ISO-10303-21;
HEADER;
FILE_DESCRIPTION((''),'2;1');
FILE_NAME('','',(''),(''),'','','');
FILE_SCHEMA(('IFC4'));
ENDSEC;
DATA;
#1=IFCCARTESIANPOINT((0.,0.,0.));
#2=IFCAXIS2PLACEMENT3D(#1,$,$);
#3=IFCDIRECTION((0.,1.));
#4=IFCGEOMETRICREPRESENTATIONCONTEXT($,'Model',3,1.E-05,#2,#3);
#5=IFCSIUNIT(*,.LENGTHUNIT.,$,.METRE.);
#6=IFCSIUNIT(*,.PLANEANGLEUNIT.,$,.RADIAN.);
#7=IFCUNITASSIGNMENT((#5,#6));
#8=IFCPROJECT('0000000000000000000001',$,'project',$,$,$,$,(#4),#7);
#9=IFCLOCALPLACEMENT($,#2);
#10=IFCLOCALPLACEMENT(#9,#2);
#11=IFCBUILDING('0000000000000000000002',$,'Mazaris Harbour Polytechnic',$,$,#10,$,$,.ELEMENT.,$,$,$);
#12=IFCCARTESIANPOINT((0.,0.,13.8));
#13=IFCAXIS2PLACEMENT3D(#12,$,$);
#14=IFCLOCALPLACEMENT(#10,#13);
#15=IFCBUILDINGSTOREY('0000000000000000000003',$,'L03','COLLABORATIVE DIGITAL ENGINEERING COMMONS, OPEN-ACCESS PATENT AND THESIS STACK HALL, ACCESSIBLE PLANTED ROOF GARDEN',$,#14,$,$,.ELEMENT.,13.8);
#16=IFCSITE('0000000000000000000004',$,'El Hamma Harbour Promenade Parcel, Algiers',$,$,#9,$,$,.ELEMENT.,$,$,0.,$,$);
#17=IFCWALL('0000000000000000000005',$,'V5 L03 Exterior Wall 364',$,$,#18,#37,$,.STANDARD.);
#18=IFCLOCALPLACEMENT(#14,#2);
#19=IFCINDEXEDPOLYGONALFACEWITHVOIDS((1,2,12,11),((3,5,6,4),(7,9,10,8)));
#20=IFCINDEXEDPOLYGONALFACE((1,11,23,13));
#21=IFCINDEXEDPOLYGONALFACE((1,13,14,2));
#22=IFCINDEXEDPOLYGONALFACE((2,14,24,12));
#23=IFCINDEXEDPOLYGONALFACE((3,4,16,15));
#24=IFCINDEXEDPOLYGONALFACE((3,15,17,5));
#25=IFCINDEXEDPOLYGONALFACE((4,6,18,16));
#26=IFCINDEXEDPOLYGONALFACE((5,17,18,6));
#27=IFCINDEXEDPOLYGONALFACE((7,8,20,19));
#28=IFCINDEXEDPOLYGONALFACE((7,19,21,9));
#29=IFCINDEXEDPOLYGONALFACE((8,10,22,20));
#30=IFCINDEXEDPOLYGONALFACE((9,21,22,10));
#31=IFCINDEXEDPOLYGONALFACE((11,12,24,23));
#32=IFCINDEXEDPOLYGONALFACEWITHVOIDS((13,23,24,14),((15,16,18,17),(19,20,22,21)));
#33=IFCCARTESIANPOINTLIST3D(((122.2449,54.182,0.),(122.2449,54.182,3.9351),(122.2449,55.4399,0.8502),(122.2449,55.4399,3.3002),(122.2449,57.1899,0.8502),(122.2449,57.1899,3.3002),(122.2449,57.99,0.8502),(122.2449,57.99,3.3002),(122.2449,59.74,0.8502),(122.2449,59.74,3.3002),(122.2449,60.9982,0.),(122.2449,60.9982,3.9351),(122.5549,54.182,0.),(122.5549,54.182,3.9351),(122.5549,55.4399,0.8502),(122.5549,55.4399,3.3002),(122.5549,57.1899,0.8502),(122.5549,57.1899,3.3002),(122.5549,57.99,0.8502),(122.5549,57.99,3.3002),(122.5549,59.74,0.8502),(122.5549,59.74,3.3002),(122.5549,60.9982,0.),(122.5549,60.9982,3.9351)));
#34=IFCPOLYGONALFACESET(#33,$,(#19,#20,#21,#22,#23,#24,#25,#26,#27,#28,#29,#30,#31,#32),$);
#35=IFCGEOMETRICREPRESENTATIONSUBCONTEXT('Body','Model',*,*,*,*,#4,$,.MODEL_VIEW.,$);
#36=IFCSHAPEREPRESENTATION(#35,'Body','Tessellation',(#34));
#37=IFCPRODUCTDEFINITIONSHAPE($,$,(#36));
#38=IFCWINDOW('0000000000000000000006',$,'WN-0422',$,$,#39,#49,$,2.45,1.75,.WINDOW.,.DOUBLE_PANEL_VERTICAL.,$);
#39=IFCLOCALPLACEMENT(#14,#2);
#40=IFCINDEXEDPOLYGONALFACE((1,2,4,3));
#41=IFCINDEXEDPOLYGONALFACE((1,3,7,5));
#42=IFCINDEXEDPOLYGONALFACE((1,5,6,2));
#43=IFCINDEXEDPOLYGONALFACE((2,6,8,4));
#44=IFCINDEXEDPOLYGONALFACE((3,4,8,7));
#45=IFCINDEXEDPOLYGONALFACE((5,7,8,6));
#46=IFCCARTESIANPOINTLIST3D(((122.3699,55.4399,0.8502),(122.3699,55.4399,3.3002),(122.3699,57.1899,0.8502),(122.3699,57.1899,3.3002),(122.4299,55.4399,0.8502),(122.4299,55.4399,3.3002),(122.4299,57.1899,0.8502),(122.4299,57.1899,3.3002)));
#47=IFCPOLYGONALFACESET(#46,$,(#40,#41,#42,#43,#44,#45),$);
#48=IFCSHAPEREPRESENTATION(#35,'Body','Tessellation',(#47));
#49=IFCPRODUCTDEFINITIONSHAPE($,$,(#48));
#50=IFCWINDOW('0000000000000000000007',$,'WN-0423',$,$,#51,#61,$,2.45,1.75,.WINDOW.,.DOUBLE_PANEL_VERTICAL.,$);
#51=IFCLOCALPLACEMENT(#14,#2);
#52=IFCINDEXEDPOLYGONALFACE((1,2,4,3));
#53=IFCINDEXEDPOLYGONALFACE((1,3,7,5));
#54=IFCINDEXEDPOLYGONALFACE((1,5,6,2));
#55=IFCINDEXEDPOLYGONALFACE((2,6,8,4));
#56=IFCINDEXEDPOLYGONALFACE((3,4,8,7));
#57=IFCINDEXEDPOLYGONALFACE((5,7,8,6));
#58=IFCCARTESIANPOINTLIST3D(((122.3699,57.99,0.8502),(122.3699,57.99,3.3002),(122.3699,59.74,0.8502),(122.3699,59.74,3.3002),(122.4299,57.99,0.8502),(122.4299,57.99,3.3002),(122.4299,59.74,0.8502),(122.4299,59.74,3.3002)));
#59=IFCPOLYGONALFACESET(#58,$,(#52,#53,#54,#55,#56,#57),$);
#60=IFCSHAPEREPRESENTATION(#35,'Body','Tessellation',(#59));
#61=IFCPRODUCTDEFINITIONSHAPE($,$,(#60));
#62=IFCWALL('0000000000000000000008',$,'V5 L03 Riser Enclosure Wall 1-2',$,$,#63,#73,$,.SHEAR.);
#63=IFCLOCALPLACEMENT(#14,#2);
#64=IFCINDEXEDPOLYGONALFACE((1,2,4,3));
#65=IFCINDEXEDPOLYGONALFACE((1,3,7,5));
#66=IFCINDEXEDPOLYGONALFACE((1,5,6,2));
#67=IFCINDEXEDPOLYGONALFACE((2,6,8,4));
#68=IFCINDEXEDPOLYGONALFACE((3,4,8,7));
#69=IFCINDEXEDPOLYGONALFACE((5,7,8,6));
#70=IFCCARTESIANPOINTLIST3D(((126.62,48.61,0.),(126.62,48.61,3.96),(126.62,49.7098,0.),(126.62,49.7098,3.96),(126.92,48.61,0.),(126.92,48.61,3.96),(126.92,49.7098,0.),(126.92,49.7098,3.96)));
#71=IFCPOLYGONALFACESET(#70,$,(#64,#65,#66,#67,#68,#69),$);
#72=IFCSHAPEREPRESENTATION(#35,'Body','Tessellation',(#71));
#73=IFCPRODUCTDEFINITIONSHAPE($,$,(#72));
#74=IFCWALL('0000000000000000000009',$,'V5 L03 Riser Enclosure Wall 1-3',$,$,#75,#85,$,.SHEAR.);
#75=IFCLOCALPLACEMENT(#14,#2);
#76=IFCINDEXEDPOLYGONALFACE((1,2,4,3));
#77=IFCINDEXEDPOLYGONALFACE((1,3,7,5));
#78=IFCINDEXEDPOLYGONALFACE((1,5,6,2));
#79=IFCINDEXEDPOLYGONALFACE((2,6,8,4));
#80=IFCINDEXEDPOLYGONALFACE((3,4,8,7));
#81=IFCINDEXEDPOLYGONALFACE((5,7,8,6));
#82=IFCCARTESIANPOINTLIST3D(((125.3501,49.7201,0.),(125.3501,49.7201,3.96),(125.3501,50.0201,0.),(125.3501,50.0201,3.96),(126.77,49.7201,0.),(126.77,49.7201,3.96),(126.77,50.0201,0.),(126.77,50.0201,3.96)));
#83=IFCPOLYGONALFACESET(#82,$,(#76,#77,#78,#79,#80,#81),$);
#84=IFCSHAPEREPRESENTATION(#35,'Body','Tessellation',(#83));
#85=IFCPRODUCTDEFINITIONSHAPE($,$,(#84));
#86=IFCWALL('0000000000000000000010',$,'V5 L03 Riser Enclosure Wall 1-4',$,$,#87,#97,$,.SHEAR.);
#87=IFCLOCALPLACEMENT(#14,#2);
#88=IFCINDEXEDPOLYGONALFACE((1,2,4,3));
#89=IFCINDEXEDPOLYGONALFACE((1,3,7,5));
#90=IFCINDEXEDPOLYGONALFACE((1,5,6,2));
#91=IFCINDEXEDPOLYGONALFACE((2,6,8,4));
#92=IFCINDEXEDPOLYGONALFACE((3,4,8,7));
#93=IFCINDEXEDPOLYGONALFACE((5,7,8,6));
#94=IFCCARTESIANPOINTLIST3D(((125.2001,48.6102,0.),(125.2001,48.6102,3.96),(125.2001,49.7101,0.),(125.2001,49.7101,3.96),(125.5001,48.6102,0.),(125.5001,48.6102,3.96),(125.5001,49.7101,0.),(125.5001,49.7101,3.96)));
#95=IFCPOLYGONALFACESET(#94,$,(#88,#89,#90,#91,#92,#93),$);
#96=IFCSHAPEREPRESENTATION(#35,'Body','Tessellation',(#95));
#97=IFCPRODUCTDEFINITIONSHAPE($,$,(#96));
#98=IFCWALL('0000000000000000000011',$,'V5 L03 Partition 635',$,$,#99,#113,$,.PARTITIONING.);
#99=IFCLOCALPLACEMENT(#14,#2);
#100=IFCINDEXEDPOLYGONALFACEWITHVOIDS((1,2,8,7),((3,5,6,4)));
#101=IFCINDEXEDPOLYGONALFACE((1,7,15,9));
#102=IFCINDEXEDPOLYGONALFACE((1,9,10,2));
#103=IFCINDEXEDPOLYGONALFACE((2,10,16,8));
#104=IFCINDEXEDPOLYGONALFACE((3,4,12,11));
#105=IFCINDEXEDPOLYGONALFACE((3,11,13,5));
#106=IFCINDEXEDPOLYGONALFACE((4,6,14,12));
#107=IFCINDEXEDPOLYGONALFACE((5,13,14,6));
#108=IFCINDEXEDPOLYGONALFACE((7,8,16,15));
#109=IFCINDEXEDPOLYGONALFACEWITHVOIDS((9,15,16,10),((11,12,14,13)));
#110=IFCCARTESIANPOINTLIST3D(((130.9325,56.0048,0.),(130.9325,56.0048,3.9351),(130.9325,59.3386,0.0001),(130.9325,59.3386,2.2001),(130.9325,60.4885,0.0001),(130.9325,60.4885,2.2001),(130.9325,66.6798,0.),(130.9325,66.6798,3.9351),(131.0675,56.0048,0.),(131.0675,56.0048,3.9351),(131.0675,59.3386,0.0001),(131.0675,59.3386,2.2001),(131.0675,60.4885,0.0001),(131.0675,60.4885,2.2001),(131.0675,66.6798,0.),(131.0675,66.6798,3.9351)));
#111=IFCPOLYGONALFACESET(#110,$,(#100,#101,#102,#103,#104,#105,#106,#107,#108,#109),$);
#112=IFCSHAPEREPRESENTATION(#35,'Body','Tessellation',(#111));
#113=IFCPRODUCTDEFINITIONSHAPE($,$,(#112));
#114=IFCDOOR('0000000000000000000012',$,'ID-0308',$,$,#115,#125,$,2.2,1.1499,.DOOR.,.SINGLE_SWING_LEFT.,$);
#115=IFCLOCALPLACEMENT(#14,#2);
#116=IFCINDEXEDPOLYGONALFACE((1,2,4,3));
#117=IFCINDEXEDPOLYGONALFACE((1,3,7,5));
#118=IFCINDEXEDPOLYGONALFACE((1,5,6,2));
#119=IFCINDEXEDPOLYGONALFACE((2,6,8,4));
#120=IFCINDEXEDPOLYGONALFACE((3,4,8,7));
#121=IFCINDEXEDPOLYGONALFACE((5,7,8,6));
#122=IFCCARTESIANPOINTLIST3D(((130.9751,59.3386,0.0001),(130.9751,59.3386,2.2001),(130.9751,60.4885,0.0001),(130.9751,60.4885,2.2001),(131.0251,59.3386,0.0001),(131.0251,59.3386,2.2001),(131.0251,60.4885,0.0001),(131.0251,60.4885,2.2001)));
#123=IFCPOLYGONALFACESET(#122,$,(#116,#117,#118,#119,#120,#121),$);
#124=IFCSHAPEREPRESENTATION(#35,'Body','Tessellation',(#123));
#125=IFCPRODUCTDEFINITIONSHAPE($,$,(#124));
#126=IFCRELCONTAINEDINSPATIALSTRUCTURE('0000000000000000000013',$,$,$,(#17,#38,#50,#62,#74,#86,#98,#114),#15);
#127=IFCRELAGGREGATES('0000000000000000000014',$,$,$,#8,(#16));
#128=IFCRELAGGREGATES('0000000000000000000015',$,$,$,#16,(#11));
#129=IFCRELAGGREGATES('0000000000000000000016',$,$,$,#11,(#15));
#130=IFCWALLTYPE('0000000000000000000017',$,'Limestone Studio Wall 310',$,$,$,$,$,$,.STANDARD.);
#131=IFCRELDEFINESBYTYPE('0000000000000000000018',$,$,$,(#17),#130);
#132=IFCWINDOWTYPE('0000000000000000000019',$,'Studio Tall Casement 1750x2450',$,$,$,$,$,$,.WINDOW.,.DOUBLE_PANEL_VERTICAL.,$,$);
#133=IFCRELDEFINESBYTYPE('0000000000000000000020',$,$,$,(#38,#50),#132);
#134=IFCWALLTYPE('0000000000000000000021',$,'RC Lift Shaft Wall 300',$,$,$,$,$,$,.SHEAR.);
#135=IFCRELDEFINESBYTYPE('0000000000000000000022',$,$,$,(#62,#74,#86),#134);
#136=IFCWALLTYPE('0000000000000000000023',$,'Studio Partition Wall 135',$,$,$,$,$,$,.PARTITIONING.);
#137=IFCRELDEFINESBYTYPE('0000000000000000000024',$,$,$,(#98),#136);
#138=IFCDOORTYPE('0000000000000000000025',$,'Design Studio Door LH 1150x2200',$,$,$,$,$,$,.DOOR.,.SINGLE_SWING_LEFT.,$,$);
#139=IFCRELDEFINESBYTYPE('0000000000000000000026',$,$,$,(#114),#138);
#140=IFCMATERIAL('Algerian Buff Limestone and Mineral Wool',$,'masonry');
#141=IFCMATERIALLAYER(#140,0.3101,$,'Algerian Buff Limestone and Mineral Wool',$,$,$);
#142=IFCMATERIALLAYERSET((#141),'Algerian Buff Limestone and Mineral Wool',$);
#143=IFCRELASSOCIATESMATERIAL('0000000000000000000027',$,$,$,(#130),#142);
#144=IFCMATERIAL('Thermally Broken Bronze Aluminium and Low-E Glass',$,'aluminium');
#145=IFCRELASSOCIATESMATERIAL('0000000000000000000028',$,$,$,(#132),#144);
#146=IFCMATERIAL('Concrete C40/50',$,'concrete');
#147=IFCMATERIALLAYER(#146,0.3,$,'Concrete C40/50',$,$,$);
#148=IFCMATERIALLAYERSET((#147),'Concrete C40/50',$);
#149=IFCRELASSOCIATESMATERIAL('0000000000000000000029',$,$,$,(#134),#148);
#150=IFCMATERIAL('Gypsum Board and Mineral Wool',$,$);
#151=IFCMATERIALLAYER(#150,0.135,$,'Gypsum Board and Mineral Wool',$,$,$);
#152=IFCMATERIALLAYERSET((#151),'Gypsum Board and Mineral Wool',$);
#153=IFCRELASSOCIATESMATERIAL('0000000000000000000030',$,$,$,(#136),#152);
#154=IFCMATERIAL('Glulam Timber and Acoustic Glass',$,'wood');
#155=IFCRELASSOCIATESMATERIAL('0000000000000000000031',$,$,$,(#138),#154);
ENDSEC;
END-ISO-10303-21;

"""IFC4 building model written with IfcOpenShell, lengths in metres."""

from ifc_helpers import new_model, si_unit, direction, frame, frame_2d, origin, place, context, subcontext, project, spatial, rectangle, extrude, material, layer, layer_set, type_object, element, fill, save


model = new_model("IFC4")

# Units and contexts
model_context = context("Model", 3, precision=1e-05, world=origin(), true_north=direction((0.0, 1.0)))
body_context = subcontext(model_context, "Body", "Model", "MODEL_VIEW")
ifc_project = project(units=[si_unit("LENGTHUNIT", "METRE"), si_unit("PLANEANGLEUNIT", "RADIAN")], contexts=[model_context])

# Site, building, storey
site_placement = place(None, origin())
site = spatial("IfcSite", under=ifc_project, at=site_placement, Name="El Hamma Harbour Promenade Parcel, Algiers", CompositionType="ELEMENT", RefElevation=0.0)
building_placement = place(site_placement, origin())
building = spatial("IfcBuilding", under=site, at=building_placement, Name="Mazaris Harbour Polytechnic", CompositionType="ELEMENT")
storey_placement = place(building_placement, frame((0.0, 0.0, 13.8)))
storey = spatial("IfcBuildingStorey", under=building, at=storey_placement, Name="L03", Description="COLLABORATIVE DIGITAL ENGINEERING COMMONS, OPEN-ACCESS PATENT AND THESIS STACK HALL, ACCESSIBLE PLANTED ROOF GARDEN", CompositionType="ELEMENT", Elevation=13.8)

# Wall, openings, windows
ifc_material_1 = material(Name="Algerian Buff Limestone and Mineral Wool", Category="masonry")
ifc_layer_1 = layer(ifc_material_1, 0.3101, Name="Algerian Buff Limestone and Mineral Wool")
ifc_layer_set_1 = layer_set([ifc_layer_1], Name="Algerian Buff Limestone and Mineral Wool")
wall_type_1 = type_object("IfcWallType", Name="Limestone Studio Wall 310", PredefinedType="STANDARD", material=ifc_layer_set_1)
wall_1_placement = place(storey_placement, frame((122.3999, 54.1819, 0.0), z_axis=(0.0, 0.0, 1.0), x_axis=(0.0, 1.0, 0.0)))
wall_1 = element("IfcWall", 1, at=wall_1_placement, inside=storey, type_object=wall_type_1, Name="V5 L03 Exterior Wall 364", PredefinedType="STANDARD", context=body_context, shape_type="SweptSolid", body=[
    extrude(rectangle(XDim=6.8162, YDim=0.3101, at=frame_2d((3.4082, 0.0))), origin(), (0.0, 0.0, 1.0), 3.9351),
])
opening_1_placement = place(wall_1_placement, frame((1.2581, 0.0, 0.8501)))
opening_1 = element("IfcOpeningElement", 2, at=opening_1_placement, cuts=wall_1, PredefinedType="OPENING", context=body_context, shape_type="SweptSolid", body=[
    extrude(rectangle(XDim=1.75, YDim=2.45, at=frame_2d((0.875, 1.2251))), frame((0.0, 0.165, 0.0), z_axis=(0.0, -1.0, 0.0), x_axis=(1.0, 0.0, 0.0)), (0.0, 0.0, 1.0), 0.3301),
])
opening_2_placement = place(wall_1_placement, frame((3.8081, 0.0, 0.8501)))
opening_2 = element("IfcOpeningElement", 3, at=opening_2_placement, cuts=wall_1, PredefinedType="OPENING", context=body_context, shape_type="SweptSolid", body=[
    extrude(rectangle(XDim=1.75, YDim=2.45, at=frame_2d((0.875, 1.2251))), frame((0.0, 0.165, 0.0), z_axis=(0.0, -1.0, 0.0), x_axis=(1.0, 0.0, 0.0)), (0.0, 0.0, 1.0), 0.3301),
])
ifc_material_2 = material(Name="Thermally Broken Bronze Aluminium and Low-E Glass", Category="aluminium")
window_type = type_object("IfcWindowType", Name="Studio Tall Casement 1750x2450", PartitioningType="DOUBLE_PANEL_VERTICAL", PredefinedType="WINDOW", material=ifc_material_2)
window_1_placement = place(opening_1_placement, origin())
window_1 = element("IfcWindow", 4, at=window_1_placement, inside=storey, type_object=window_type, Name="WN-0422", OverallHeight=2.45, OverallWidth=1.75, PartitioningType="DOUBLE_PANEL_VERTICAL", PredefinedType="WINDOW", context=body_context, shape_type="SweptSolid", body=[
    extrude(rectangle(XDim=1.75, YDim=2.45, at=frame_2d((0.875, 1.2251))), frame((0.0, 0.03, 0.0), z_axis=(0.0, -1.0, 0.0), x_axis=(1.0, 0.0, 0.0)), (0.0, 0.0, 1.0), 0.0601),
])
fill(opening_1, window_1)
window_2_placement = place(opening_2_placement, origin())
window_2 = element("IfcWindow", 5, at=window_2_placement, inside=storey, type_object=window_type, Name="WN-0423", OverallHeight=2.45, OverallWidth=1.75, PartitioningType="DOUBLE_PANEL_VERTICAL", PredefinedType="WINDOW", context=body_context, shape_type="SweptSolid", body=[
    extrude(rectangle(XDim=1.75, YDim=2.45, at=frame_2d((0.875, 1.2251))), frame((0.0, 0.03, 0.0), z_axis=(0.0, -1.0, 0.0), x_axis=(1.0, 0.0, 0.0)), (0.0, 0.0, 1.0), 0.0601),
])
fill(opening_2, window_2)

# Walls
ifc_material_3 = material(Name="Concrete C40/50", Category="concrete")
ifc_layer_2 = layer(ifc_material_3, 0.3, Name="Concrete C40/50")
ifc_layer_set_2 = layer_set([ifc_layer_2], Name="Concrete C40/50")
wall_type_2 = type_object("IfcWallType", Name="RC Lift Shaft Wall 300", PredefinedType="SHEAR", material=ifc_layer_set_2)
wall_2_placement = place(storey_placement, frame((126.77, 48.6101, 0.0), z_axis=(0.0, 0.0, 1.0), x_axis=(0.0, 1.0, 0.0)))
element("IfcWall", 6, at=wall_2_placement, inside=storey, type_object=wall_type_2, Name="V5 L03 Riser Enclosure Wall 1-2", PredefinedType="SHEAR", context=body_context, shape_type="SweptSolid", body=[
    extrude(rectangle(XDim=1.0999, YDim=0.3, at=frame_2d((0.5498, 0.0))), origin(), (0.0, 0.0, 1.0), 3.96),
])
wall_3_placement = place(storey_placement, frame((126.77, 49.8701, 0.0), z_axis=(0.0, 0.0, 1.0), x_axis=(-1.0, 0.0, 0.0)))
element("IfcWall", 7, at=wall_3_placement, inside=storey, type_object=wall_type_2, Name="V5 L03 Riser Enclosure Wall 1-3", PredefinedType="SHEAR", context=body_context, shape_type="SweptSolid", body=[
    extrude(rectangle(XDim=1.4199, YDim=0.3, at=frame_2d((0.71, 0.0))), origin(), (0.0, 0.0, 1.0), 3.96),
])
wall_4_placement = place(storey_placement, frame((125.3501, 49.71, 0.0), z_axis=(0.0, 0.0, 1.0), x_axis=(0.0, -1.0, 0.0)))
element("IfcWall", 8, at=wall_4_placement, inside=storey, type_object=wall_type_2, Name="V5 L03 Riser Enclosure Wall 1-4", PredefinedType="SHEAR", context=body_context, shape_type="SweptSolid", body=[
    extrude(rectangle(XDim=1.0999, YDim=0.3, at=frame_2d((0.5498, 0.0))), origin(), (0.0, 0.0, 1.0), 3.96),
])

# Wall, opening, door
ifc_material_4 = material(Name="Gypsum Board and Mineral Wool")
ifc_layer_3 = layer(ifc_material_4, 0.135, Name="Gypsum Board and Mineral Wool")
ifc_layer_set_3 = layer_set([ifc_layer_3], Name="Gypsum Board and Mineral Wool")
wall_type_3 = type_object("IfcWallType", Name="Studio Partition Wall 135", PredefinedType="PARTITIONING", material=ifc_layer_set_3)
wall_5_placement = place(storey_placement, frame((131.0, 56.0049, 0.0), z_axis=(0.0, 0.0, 1.0), x_axis=(0.0, 1.0, 0.0)))
wall_5 = element("IfcWall", 9, at=wall_5_placement, inside=storey, type_object=wall_type_3, Name="V5 L03 Partition 635", PredefinedType="PARTITIONING", context=body_context, shape_type="SweptSolid", body=[
    extrude(rectangle(XDim=10.675, YDim=0.135, at=frame_2d((5.3374, 0.0))), origin(), (0.0, 0.0, 1.0), 3.9351),
])
opening_3_placement = place(wall_5_placement, frame((3.3337, 0.0, 0.0)))
opening_3 = element("IfcOpeningElement", 10, at=opening_3_placement, cuts=wall_5, PredefinedType="OPENING", context=body_context, shape_type="SweptSolid", body=[
    extrude(rectangle(XDim=1.1499, YDim=2.2, at=frame_2d((0.575, 1.1001))), frame((0.0, 0.0774, 0.0), z_axis=(0.0, -1.0, 0.0), x_axis=(1.0, 0.0, 0.0)), (0.0, 0.0, 1.0), 0.155),
])
ifc_material_5 = material(Name="Glulam Timber and Acoustic Glass", Category="wood")
door_type_1 = type_object("IfcDoorType", Name="Design Studio Door LH 1150x2200", OperationType="SINGLE_SWING_LEFT", PredefinedType="DOOR", material=ifc_material_5)
door_1_placement = place(opening_3_placement, origin())
door_1 = element("IfcDoor", 11, at=door_1_placement, inside=storey, type_object=door_type_1, Name="ID-0308", OperationType="SINGLE_SWING_LEFT", OverallHeight=2.2, OverallWidth=1.1499, PredefinedType="DOOR", context=body_context, shape_type="SweptSolid", body=[
    extrude(rectangle(XDim=1.1499, YDim=2.2, at=frame_2d((0.575, 1.1001))), frame((0.0, 0.0249, 0.0), z_axis=(0.0, -1.0, 0.0), x_axis=(1.0, 0.0, 0.0)), (0.0, 0.0, 1.0), 0.05),
])
fill(opening_3, door_1)

save(model, "model.ifc")
